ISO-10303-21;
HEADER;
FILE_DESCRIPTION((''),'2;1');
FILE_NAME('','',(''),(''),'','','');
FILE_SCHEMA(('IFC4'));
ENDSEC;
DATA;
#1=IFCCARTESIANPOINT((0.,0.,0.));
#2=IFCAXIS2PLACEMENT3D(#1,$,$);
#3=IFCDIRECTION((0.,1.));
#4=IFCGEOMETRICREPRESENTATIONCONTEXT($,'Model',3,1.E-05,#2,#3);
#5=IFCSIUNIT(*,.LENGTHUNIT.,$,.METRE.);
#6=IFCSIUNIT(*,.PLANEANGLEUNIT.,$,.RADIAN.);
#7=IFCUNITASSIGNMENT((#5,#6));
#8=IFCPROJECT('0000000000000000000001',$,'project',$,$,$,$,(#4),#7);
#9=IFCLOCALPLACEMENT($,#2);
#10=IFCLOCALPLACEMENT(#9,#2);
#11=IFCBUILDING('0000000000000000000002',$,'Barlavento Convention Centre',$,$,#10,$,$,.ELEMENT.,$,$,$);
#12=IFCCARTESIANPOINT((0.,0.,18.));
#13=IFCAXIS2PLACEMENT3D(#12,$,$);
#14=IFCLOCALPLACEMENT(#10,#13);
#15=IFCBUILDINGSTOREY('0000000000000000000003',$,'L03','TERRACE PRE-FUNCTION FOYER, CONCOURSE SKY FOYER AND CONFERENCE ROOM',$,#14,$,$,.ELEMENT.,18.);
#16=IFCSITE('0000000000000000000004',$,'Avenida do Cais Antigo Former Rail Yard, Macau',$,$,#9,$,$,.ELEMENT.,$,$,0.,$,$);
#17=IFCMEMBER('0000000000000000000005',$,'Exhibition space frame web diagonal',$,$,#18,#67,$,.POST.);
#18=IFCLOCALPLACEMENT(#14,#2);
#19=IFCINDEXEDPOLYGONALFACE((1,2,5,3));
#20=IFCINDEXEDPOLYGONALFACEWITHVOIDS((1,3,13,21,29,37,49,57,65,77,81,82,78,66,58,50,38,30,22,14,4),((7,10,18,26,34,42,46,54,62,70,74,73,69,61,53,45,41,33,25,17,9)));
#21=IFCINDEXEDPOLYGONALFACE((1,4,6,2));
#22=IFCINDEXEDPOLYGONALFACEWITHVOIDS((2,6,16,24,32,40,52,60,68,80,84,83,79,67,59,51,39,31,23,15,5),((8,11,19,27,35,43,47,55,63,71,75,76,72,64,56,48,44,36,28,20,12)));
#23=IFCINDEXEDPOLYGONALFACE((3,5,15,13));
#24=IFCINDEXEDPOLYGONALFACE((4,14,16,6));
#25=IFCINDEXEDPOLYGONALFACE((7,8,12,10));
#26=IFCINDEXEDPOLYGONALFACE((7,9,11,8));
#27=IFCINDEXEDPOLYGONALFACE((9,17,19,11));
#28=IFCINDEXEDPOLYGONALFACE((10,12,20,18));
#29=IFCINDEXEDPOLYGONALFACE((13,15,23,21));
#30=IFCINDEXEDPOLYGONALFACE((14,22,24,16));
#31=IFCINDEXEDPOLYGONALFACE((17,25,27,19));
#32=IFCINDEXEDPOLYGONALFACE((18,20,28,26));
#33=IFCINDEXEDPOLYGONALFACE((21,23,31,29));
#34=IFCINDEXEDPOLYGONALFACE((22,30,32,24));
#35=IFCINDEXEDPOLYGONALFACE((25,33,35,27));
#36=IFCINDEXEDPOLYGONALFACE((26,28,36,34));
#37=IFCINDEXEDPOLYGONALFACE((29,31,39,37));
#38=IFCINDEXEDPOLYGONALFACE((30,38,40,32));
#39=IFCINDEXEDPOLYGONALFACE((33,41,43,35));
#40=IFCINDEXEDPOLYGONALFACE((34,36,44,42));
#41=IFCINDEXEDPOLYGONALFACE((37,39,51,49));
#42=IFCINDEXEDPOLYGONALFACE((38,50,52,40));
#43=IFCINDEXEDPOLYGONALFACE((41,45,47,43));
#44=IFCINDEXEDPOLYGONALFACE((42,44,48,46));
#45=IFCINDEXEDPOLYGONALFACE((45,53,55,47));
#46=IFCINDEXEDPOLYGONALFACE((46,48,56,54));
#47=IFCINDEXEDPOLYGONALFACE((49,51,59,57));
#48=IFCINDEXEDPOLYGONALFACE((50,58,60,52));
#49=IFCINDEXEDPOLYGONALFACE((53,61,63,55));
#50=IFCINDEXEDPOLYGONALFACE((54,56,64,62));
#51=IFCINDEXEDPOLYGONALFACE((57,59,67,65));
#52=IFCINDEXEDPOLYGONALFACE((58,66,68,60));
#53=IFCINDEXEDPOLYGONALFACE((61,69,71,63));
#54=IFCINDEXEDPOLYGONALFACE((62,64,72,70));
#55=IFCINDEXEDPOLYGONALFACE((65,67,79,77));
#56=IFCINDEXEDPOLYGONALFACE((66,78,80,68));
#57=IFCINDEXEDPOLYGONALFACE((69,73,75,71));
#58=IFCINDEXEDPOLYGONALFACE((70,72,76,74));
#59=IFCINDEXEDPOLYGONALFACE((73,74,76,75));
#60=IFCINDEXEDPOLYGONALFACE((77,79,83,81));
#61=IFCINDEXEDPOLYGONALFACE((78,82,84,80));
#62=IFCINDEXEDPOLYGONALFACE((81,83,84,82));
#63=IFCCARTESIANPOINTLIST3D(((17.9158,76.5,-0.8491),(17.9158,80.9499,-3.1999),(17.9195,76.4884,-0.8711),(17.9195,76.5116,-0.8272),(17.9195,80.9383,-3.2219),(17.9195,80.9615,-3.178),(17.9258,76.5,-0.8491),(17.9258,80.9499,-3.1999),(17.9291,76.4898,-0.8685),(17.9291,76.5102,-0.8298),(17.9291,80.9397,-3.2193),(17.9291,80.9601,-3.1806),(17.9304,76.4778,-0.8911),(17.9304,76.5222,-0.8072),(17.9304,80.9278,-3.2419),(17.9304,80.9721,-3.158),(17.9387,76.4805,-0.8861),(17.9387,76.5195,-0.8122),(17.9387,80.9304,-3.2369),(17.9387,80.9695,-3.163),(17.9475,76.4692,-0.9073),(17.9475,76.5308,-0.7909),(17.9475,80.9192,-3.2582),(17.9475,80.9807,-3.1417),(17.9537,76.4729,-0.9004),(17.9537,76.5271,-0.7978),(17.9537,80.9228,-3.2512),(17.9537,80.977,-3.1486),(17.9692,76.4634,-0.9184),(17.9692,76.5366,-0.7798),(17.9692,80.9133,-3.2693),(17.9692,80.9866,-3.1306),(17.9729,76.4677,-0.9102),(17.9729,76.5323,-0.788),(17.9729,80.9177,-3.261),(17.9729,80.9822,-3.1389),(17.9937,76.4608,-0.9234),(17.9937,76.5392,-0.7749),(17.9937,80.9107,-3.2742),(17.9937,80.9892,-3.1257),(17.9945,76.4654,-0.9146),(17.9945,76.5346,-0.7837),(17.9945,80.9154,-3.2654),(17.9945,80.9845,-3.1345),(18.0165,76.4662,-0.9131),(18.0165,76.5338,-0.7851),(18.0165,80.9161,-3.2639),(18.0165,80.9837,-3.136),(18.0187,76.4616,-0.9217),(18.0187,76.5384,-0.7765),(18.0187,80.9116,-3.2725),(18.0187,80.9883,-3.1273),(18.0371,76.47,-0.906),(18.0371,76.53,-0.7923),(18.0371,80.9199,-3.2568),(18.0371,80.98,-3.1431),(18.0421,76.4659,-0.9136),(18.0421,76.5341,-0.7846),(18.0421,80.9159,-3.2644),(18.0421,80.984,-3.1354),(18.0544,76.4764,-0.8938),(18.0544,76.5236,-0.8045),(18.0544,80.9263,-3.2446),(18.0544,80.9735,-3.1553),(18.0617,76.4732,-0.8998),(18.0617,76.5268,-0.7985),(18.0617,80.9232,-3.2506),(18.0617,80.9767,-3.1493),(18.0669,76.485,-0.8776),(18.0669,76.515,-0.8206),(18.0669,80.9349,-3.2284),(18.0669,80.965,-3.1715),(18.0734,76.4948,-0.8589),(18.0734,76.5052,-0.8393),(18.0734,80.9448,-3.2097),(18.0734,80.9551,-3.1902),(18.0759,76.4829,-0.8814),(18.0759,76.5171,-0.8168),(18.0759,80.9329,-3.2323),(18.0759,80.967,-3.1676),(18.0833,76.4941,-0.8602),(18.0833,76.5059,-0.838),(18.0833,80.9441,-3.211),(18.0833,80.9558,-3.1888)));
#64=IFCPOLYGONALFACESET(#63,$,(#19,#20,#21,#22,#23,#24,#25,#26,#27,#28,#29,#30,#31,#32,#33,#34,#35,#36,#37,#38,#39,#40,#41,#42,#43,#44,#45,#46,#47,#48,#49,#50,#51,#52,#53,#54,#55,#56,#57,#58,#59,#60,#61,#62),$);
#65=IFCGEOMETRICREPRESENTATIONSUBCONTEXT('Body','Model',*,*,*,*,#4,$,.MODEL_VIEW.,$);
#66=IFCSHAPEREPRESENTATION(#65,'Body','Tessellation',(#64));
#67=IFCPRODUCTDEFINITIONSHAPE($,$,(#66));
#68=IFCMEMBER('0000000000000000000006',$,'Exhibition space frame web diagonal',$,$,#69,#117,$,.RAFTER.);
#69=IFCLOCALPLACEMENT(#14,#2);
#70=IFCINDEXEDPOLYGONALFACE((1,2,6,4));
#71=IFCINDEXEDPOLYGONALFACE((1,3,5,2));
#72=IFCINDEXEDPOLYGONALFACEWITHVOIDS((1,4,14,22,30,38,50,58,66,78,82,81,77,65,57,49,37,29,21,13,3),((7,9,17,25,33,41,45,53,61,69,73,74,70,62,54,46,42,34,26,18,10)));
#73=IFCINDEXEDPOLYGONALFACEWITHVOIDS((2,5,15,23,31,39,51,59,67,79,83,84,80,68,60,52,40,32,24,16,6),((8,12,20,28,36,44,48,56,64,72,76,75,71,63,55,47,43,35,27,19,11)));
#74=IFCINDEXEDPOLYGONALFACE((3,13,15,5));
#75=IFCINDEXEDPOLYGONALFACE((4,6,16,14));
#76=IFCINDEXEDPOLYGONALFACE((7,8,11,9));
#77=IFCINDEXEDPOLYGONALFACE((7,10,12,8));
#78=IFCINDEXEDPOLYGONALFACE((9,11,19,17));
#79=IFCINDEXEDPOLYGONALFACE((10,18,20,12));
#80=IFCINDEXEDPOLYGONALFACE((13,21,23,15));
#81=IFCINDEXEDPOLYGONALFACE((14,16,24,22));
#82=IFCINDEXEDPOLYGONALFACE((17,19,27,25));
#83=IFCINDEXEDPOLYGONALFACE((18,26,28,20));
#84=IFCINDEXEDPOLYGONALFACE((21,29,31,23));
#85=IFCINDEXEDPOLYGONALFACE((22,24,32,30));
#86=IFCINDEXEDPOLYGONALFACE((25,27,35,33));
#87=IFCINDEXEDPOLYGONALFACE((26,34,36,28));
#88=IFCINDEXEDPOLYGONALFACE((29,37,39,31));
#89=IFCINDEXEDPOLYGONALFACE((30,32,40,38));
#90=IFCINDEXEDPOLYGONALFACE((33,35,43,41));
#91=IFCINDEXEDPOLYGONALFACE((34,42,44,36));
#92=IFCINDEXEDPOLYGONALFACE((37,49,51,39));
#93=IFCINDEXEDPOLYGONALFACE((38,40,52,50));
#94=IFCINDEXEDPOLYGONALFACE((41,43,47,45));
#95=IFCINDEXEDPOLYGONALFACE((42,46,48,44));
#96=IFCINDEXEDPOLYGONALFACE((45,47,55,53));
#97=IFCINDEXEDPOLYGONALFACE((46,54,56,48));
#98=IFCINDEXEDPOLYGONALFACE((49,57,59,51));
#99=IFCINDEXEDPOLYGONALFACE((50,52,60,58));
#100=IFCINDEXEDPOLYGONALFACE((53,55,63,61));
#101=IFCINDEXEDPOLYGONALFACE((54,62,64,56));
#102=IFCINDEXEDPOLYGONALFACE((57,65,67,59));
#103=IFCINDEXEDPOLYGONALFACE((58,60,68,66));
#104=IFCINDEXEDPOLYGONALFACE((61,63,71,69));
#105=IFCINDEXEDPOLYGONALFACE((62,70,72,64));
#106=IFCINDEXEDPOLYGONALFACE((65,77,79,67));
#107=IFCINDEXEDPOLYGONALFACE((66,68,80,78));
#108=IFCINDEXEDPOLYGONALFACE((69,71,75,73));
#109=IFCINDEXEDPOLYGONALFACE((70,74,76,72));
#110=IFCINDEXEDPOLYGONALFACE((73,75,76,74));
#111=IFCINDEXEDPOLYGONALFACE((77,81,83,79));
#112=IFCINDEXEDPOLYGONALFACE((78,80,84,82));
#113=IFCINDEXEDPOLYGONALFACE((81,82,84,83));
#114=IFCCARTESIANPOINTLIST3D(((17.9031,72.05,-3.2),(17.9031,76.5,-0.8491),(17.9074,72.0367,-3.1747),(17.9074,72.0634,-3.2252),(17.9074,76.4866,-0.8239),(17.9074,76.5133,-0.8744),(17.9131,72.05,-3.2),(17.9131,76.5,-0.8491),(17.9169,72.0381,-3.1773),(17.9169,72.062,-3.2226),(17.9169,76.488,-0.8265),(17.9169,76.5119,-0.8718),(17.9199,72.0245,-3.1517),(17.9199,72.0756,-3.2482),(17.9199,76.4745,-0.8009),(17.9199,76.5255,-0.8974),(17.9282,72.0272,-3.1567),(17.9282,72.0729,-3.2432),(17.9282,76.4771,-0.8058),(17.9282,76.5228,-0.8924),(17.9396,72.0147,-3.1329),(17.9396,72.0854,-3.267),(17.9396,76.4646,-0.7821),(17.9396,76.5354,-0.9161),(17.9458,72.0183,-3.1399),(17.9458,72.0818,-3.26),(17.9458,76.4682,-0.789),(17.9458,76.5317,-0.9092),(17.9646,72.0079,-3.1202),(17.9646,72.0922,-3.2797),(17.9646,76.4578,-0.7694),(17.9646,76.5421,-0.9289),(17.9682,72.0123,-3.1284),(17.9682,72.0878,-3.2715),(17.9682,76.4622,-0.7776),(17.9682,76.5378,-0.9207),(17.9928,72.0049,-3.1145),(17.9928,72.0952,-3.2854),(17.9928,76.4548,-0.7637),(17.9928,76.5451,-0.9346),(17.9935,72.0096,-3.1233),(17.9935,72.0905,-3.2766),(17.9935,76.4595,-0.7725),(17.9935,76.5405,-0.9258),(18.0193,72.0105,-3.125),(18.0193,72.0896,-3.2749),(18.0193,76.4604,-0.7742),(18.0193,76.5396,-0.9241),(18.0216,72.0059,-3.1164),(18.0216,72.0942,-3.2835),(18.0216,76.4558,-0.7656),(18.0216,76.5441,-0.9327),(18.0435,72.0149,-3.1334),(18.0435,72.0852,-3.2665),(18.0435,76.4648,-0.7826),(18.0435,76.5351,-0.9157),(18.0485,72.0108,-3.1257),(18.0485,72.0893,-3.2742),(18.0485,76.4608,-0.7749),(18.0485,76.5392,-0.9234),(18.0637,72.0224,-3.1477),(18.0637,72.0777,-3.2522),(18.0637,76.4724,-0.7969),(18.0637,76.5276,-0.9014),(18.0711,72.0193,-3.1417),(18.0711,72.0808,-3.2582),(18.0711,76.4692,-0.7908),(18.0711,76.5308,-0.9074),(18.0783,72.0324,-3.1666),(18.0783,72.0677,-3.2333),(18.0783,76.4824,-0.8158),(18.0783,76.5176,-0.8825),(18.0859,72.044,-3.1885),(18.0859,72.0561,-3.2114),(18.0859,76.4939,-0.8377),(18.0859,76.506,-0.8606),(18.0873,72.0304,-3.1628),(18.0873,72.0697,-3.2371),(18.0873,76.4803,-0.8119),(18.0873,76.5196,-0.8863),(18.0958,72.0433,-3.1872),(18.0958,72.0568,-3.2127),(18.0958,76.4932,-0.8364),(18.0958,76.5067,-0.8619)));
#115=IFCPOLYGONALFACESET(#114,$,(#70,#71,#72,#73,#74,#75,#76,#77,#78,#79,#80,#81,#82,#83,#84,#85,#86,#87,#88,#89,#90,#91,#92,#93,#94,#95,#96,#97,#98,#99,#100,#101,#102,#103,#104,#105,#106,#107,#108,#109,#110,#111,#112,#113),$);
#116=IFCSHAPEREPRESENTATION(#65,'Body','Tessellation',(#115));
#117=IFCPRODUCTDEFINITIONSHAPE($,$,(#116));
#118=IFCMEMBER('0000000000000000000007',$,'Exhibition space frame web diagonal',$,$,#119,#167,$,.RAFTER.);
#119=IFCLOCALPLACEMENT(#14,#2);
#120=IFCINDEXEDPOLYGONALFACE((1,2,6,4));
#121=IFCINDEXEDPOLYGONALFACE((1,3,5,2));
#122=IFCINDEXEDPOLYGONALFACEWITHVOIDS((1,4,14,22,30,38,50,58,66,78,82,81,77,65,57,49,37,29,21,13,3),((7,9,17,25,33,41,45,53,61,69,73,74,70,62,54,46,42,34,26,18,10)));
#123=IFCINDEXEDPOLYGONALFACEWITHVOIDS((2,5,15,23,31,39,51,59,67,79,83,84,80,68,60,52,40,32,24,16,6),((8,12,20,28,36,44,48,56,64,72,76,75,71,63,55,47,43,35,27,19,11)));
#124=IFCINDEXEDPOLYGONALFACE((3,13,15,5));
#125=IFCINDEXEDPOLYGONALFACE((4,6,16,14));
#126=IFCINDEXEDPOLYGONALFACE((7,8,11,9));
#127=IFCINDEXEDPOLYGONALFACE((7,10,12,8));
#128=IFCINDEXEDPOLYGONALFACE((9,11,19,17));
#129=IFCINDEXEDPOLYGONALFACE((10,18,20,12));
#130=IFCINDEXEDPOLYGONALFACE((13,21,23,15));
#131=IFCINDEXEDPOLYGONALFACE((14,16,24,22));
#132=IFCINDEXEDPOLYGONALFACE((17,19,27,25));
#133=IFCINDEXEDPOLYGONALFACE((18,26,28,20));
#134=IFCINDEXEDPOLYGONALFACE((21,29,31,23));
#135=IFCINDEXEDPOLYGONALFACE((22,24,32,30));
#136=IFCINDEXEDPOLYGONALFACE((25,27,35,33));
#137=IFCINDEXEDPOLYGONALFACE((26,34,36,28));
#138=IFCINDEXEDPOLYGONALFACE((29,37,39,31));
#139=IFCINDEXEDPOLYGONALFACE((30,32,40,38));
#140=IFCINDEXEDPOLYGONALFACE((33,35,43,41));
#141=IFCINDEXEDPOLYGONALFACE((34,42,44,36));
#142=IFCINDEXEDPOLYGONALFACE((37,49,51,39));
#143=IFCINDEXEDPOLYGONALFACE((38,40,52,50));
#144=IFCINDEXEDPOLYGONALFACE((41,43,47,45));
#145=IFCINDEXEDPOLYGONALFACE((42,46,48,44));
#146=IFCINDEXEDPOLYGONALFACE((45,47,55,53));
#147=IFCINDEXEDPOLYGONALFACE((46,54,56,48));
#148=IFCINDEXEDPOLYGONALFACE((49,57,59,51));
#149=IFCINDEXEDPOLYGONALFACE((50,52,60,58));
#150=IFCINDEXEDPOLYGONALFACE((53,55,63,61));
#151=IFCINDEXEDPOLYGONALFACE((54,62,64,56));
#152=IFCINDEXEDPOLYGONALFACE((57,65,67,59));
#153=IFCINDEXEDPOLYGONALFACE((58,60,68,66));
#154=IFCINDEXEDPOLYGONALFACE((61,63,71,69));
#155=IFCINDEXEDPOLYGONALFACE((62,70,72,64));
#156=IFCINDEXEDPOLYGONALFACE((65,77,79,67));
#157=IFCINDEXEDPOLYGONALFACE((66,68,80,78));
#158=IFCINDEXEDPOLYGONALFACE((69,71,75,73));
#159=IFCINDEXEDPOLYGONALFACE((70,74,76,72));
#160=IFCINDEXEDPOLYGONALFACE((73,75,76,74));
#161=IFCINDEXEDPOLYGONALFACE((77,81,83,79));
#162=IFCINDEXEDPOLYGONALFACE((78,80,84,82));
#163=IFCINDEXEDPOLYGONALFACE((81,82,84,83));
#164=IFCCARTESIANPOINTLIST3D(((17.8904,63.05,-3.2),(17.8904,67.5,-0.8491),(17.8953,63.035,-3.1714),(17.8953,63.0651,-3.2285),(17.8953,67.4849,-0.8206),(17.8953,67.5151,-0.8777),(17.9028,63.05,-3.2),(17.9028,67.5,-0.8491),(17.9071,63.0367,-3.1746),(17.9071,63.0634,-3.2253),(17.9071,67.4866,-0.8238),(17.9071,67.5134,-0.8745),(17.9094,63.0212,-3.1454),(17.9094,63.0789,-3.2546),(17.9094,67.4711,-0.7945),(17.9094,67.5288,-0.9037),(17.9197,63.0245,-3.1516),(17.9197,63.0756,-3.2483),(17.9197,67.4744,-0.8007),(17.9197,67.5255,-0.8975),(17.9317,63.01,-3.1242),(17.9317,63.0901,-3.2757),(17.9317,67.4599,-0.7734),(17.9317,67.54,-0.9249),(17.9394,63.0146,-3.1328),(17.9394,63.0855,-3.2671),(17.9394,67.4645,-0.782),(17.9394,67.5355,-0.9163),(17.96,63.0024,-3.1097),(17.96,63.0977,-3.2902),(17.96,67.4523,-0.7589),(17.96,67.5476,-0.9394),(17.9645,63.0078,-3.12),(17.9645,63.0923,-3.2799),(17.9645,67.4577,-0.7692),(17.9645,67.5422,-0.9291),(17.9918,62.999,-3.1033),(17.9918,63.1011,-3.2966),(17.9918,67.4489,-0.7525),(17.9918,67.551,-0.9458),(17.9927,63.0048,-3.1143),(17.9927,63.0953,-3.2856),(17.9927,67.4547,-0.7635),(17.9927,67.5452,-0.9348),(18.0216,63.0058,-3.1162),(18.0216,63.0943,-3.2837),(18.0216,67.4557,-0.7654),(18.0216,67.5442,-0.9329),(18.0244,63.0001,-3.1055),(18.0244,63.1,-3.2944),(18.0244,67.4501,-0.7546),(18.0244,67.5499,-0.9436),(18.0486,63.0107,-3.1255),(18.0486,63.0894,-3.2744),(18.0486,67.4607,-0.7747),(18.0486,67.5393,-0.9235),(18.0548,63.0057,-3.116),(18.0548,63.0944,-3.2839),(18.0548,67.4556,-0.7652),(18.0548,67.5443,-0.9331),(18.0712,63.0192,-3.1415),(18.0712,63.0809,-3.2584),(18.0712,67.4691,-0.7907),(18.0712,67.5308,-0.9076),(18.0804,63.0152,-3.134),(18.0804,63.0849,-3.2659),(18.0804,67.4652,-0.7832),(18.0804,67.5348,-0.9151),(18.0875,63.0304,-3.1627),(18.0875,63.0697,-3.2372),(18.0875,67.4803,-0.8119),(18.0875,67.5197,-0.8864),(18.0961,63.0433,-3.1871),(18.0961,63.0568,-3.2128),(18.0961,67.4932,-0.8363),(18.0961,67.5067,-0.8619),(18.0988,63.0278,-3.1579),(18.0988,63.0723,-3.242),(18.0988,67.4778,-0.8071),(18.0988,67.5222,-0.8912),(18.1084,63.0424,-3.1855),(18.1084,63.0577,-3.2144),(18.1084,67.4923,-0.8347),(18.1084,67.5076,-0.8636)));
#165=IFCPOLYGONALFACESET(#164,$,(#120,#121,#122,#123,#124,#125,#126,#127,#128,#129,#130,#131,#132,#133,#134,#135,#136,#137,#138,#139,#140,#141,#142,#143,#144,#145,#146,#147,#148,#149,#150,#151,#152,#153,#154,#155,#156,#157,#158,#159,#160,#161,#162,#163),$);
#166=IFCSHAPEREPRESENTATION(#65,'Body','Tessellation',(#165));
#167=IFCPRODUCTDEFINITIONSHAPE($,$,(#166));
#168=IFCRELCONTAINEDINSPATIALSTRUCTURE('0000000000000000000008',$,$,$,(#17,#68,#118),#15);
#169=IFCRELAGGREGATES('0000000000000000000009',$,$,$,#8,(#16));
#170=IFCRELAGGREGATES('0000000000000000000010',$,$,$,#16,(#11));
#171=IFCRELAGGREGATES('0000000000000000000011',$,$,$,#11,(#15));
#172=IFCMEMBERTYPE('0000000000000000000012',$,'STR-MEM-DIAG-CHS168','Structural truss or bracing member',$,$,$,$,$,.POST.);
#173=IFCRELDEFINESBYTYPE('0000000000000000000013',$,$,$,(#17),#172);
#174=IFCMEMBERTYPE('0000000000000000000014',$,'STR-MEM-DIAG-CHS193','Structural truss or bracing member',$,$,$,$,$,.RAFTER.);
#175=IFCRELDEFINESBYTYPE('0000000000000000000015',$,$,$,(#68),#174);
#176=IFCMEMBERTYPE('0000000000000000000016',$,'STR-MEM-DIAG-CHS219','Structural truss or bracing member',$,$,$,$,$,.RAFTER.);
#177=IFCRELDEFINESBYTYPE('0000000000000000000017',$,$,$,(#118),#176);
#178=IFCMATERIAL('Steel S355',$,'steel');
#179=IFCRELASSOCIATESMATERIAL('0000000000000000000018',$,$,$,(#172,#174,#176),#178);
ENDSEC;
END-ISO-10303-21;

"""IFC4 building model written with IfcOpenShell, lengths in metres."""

from ifc_helpers import new_model, si_unit, direction, frame, origin, origin_2d, place, context, subcontext, project, spatial, hollow_circle, extrude, material, material_profile, profile_set, type_object, element, save


model = new_model("IFC4")

# Units and contexts
model_context = context("Model", 3, precision=1e-05, world=origin(), true_north=direction((0.0, 1.0)))
body_context = subcontext(model_context, "Body", "Model", "MODEL_VIEW")
ifc_project = project(units=[si_unit("LENGTHUNIT", "METRE"), si_unit("PLANEANGLEUNIT", "RADIAN")], contexts=[model_context])

# Site, building, storey
site_placement = place(None, origin())
site = spatial("IfcSite", under=ifc_project, at=site_placement, Name="Avenida do Cais Antigo Former Rail Yard, Macau", CompositionType="ELEMENT", RefElevation=0.0)
building_placement = place(site_placement, origin())
building = spatial("IfcBuilding", under=site, at=building_placement, Name="Barlavento Convention Centre", CompositionType="ELEMENT")
storey_placement = place(building_placement, frame((0.0, 0.0, 18.0)))
storey = spatial("IfcBuildingStorey", under=building, at=storey_placement, Name="L03", Description="TERRACE PRE-FUNCTION FOYER, CONCOURSE SKY FOYER AND CONFERENCE ROOM", CompositionType="ELEMENT", Elevation=18.0)

# Shared definitions
ifc_material_1 = material(Name="Steel S355", Category="steel")

# Members
ifc_material_profile_1 = material_profile(ifc_material_1, hollow_circle(Radius=0.0842, WallThickness=0.01, at=origin_2d()), Name="CHS 168.3x10.0")
ifc_profile_set_1 = profile_set([ifc_material_profile_1], Name="Steel S355")
member_type_1 = type_object("IfcMemberType", Name="STR-MEM-DIAG-CHS168", Description="Structural truss or bracing member", PredefinedType="POST", material=ifc_profile_set_1)
for number, where, z_axis, x_axis, name in (
    (1, (18.0, 76.5, -0.8491), (0.0, 0.884201, -0.467107), (-1.0, 0.0, 0.0), "Exhibition space frame web diagonal"),
):
    element("IfcMember", number, at=place(storey_placement, frame(where, z_axis=z_axis, x_axis=x_axis)), inside=storey, type_object=member_type_1, Name=name, PredefinedType="POST", context=body_context, shape_type="SweptSolid", body=[
        extrude(hollow_circle(Radius=0.0842, WallThickness=0.01, at=origin_2d()), origin(), (0.0, 0.0, 1.0), 5.0327),
    ])
ifc_material_profile_2 = material_profile(ifc_material_1, hollow_circle(Radius=0.0969, WallThickness=0.01, at=origin_2d()), Name="CHS 193.7x10.0")
ifc_profile_set_2 = profile_set([ifc_material_profile_2], Name="Steel S355")
member_type_2 = type_object("IfcMemberType", Name="STR-MEM-DIAG-CHS193", Description="Structural truss or bracing member", PredefinedType="RAFTER", material=ifc_profile_set_2)
member_1_placement = place(storey_placement, frame((18.0, 72.05, -3.2), z_axis=(0.0, 0.884201, 0.467107), x_axis=(-1.0, 0.0, 0.0)))
element("IfcMember", 2, at=member_1_placement, inside=storey, type_object=member_type_2, Name="Exhibition space frame web diagonal", PredefinedType="RAFTER", context=body_context, shape_type="SweptSolid", body=[
    extrude(hollow_circle(Radius=0.0969, WallThickness=0.01, at=origin_2d()), origin(), (0.0, 0.0, 1.0), 5.0327),
])
ifc_material_profile_3 = material_profile(ifc_material_1, hollow_circle(Radius=0.1096, WallThickness=0.0125, at=origin_2d()), Name="CHS 219.1x12.5")
ifc_profile_set_3 = profile_set([ifc_material_profile_3], Name="Steel S355")
member_type_3 = type_object("IfcMemberType", Name="STR-MEM-DIAG-CHS219", Description="Structural truss or bracing member", PredefinedType="RAFTER", material=ifc_profile_set_3)
member_2_placement = place(storey_placement, frame((18.0, 63.05, -3.2), z_axis=(0.0, 0.884201, 0.467107), x_axis=(-1.0, 0.0, 0.0)))
element("IfcMember", 3, at=member_2_placement, inside=storey, type_object=member_type_3, Name="Exhibition space frame web diagonal", PredefinedType="RAFTER", context=body_context, shape_type="SweptSolid", body=[
    extrude(hollow_circle(Radius=0.1096, WallThickness=0.0125, at=origin_2d()), origin(), (0.0, 0.0, 1.0), 5.0327),
])

save(model, "model.ifc")
